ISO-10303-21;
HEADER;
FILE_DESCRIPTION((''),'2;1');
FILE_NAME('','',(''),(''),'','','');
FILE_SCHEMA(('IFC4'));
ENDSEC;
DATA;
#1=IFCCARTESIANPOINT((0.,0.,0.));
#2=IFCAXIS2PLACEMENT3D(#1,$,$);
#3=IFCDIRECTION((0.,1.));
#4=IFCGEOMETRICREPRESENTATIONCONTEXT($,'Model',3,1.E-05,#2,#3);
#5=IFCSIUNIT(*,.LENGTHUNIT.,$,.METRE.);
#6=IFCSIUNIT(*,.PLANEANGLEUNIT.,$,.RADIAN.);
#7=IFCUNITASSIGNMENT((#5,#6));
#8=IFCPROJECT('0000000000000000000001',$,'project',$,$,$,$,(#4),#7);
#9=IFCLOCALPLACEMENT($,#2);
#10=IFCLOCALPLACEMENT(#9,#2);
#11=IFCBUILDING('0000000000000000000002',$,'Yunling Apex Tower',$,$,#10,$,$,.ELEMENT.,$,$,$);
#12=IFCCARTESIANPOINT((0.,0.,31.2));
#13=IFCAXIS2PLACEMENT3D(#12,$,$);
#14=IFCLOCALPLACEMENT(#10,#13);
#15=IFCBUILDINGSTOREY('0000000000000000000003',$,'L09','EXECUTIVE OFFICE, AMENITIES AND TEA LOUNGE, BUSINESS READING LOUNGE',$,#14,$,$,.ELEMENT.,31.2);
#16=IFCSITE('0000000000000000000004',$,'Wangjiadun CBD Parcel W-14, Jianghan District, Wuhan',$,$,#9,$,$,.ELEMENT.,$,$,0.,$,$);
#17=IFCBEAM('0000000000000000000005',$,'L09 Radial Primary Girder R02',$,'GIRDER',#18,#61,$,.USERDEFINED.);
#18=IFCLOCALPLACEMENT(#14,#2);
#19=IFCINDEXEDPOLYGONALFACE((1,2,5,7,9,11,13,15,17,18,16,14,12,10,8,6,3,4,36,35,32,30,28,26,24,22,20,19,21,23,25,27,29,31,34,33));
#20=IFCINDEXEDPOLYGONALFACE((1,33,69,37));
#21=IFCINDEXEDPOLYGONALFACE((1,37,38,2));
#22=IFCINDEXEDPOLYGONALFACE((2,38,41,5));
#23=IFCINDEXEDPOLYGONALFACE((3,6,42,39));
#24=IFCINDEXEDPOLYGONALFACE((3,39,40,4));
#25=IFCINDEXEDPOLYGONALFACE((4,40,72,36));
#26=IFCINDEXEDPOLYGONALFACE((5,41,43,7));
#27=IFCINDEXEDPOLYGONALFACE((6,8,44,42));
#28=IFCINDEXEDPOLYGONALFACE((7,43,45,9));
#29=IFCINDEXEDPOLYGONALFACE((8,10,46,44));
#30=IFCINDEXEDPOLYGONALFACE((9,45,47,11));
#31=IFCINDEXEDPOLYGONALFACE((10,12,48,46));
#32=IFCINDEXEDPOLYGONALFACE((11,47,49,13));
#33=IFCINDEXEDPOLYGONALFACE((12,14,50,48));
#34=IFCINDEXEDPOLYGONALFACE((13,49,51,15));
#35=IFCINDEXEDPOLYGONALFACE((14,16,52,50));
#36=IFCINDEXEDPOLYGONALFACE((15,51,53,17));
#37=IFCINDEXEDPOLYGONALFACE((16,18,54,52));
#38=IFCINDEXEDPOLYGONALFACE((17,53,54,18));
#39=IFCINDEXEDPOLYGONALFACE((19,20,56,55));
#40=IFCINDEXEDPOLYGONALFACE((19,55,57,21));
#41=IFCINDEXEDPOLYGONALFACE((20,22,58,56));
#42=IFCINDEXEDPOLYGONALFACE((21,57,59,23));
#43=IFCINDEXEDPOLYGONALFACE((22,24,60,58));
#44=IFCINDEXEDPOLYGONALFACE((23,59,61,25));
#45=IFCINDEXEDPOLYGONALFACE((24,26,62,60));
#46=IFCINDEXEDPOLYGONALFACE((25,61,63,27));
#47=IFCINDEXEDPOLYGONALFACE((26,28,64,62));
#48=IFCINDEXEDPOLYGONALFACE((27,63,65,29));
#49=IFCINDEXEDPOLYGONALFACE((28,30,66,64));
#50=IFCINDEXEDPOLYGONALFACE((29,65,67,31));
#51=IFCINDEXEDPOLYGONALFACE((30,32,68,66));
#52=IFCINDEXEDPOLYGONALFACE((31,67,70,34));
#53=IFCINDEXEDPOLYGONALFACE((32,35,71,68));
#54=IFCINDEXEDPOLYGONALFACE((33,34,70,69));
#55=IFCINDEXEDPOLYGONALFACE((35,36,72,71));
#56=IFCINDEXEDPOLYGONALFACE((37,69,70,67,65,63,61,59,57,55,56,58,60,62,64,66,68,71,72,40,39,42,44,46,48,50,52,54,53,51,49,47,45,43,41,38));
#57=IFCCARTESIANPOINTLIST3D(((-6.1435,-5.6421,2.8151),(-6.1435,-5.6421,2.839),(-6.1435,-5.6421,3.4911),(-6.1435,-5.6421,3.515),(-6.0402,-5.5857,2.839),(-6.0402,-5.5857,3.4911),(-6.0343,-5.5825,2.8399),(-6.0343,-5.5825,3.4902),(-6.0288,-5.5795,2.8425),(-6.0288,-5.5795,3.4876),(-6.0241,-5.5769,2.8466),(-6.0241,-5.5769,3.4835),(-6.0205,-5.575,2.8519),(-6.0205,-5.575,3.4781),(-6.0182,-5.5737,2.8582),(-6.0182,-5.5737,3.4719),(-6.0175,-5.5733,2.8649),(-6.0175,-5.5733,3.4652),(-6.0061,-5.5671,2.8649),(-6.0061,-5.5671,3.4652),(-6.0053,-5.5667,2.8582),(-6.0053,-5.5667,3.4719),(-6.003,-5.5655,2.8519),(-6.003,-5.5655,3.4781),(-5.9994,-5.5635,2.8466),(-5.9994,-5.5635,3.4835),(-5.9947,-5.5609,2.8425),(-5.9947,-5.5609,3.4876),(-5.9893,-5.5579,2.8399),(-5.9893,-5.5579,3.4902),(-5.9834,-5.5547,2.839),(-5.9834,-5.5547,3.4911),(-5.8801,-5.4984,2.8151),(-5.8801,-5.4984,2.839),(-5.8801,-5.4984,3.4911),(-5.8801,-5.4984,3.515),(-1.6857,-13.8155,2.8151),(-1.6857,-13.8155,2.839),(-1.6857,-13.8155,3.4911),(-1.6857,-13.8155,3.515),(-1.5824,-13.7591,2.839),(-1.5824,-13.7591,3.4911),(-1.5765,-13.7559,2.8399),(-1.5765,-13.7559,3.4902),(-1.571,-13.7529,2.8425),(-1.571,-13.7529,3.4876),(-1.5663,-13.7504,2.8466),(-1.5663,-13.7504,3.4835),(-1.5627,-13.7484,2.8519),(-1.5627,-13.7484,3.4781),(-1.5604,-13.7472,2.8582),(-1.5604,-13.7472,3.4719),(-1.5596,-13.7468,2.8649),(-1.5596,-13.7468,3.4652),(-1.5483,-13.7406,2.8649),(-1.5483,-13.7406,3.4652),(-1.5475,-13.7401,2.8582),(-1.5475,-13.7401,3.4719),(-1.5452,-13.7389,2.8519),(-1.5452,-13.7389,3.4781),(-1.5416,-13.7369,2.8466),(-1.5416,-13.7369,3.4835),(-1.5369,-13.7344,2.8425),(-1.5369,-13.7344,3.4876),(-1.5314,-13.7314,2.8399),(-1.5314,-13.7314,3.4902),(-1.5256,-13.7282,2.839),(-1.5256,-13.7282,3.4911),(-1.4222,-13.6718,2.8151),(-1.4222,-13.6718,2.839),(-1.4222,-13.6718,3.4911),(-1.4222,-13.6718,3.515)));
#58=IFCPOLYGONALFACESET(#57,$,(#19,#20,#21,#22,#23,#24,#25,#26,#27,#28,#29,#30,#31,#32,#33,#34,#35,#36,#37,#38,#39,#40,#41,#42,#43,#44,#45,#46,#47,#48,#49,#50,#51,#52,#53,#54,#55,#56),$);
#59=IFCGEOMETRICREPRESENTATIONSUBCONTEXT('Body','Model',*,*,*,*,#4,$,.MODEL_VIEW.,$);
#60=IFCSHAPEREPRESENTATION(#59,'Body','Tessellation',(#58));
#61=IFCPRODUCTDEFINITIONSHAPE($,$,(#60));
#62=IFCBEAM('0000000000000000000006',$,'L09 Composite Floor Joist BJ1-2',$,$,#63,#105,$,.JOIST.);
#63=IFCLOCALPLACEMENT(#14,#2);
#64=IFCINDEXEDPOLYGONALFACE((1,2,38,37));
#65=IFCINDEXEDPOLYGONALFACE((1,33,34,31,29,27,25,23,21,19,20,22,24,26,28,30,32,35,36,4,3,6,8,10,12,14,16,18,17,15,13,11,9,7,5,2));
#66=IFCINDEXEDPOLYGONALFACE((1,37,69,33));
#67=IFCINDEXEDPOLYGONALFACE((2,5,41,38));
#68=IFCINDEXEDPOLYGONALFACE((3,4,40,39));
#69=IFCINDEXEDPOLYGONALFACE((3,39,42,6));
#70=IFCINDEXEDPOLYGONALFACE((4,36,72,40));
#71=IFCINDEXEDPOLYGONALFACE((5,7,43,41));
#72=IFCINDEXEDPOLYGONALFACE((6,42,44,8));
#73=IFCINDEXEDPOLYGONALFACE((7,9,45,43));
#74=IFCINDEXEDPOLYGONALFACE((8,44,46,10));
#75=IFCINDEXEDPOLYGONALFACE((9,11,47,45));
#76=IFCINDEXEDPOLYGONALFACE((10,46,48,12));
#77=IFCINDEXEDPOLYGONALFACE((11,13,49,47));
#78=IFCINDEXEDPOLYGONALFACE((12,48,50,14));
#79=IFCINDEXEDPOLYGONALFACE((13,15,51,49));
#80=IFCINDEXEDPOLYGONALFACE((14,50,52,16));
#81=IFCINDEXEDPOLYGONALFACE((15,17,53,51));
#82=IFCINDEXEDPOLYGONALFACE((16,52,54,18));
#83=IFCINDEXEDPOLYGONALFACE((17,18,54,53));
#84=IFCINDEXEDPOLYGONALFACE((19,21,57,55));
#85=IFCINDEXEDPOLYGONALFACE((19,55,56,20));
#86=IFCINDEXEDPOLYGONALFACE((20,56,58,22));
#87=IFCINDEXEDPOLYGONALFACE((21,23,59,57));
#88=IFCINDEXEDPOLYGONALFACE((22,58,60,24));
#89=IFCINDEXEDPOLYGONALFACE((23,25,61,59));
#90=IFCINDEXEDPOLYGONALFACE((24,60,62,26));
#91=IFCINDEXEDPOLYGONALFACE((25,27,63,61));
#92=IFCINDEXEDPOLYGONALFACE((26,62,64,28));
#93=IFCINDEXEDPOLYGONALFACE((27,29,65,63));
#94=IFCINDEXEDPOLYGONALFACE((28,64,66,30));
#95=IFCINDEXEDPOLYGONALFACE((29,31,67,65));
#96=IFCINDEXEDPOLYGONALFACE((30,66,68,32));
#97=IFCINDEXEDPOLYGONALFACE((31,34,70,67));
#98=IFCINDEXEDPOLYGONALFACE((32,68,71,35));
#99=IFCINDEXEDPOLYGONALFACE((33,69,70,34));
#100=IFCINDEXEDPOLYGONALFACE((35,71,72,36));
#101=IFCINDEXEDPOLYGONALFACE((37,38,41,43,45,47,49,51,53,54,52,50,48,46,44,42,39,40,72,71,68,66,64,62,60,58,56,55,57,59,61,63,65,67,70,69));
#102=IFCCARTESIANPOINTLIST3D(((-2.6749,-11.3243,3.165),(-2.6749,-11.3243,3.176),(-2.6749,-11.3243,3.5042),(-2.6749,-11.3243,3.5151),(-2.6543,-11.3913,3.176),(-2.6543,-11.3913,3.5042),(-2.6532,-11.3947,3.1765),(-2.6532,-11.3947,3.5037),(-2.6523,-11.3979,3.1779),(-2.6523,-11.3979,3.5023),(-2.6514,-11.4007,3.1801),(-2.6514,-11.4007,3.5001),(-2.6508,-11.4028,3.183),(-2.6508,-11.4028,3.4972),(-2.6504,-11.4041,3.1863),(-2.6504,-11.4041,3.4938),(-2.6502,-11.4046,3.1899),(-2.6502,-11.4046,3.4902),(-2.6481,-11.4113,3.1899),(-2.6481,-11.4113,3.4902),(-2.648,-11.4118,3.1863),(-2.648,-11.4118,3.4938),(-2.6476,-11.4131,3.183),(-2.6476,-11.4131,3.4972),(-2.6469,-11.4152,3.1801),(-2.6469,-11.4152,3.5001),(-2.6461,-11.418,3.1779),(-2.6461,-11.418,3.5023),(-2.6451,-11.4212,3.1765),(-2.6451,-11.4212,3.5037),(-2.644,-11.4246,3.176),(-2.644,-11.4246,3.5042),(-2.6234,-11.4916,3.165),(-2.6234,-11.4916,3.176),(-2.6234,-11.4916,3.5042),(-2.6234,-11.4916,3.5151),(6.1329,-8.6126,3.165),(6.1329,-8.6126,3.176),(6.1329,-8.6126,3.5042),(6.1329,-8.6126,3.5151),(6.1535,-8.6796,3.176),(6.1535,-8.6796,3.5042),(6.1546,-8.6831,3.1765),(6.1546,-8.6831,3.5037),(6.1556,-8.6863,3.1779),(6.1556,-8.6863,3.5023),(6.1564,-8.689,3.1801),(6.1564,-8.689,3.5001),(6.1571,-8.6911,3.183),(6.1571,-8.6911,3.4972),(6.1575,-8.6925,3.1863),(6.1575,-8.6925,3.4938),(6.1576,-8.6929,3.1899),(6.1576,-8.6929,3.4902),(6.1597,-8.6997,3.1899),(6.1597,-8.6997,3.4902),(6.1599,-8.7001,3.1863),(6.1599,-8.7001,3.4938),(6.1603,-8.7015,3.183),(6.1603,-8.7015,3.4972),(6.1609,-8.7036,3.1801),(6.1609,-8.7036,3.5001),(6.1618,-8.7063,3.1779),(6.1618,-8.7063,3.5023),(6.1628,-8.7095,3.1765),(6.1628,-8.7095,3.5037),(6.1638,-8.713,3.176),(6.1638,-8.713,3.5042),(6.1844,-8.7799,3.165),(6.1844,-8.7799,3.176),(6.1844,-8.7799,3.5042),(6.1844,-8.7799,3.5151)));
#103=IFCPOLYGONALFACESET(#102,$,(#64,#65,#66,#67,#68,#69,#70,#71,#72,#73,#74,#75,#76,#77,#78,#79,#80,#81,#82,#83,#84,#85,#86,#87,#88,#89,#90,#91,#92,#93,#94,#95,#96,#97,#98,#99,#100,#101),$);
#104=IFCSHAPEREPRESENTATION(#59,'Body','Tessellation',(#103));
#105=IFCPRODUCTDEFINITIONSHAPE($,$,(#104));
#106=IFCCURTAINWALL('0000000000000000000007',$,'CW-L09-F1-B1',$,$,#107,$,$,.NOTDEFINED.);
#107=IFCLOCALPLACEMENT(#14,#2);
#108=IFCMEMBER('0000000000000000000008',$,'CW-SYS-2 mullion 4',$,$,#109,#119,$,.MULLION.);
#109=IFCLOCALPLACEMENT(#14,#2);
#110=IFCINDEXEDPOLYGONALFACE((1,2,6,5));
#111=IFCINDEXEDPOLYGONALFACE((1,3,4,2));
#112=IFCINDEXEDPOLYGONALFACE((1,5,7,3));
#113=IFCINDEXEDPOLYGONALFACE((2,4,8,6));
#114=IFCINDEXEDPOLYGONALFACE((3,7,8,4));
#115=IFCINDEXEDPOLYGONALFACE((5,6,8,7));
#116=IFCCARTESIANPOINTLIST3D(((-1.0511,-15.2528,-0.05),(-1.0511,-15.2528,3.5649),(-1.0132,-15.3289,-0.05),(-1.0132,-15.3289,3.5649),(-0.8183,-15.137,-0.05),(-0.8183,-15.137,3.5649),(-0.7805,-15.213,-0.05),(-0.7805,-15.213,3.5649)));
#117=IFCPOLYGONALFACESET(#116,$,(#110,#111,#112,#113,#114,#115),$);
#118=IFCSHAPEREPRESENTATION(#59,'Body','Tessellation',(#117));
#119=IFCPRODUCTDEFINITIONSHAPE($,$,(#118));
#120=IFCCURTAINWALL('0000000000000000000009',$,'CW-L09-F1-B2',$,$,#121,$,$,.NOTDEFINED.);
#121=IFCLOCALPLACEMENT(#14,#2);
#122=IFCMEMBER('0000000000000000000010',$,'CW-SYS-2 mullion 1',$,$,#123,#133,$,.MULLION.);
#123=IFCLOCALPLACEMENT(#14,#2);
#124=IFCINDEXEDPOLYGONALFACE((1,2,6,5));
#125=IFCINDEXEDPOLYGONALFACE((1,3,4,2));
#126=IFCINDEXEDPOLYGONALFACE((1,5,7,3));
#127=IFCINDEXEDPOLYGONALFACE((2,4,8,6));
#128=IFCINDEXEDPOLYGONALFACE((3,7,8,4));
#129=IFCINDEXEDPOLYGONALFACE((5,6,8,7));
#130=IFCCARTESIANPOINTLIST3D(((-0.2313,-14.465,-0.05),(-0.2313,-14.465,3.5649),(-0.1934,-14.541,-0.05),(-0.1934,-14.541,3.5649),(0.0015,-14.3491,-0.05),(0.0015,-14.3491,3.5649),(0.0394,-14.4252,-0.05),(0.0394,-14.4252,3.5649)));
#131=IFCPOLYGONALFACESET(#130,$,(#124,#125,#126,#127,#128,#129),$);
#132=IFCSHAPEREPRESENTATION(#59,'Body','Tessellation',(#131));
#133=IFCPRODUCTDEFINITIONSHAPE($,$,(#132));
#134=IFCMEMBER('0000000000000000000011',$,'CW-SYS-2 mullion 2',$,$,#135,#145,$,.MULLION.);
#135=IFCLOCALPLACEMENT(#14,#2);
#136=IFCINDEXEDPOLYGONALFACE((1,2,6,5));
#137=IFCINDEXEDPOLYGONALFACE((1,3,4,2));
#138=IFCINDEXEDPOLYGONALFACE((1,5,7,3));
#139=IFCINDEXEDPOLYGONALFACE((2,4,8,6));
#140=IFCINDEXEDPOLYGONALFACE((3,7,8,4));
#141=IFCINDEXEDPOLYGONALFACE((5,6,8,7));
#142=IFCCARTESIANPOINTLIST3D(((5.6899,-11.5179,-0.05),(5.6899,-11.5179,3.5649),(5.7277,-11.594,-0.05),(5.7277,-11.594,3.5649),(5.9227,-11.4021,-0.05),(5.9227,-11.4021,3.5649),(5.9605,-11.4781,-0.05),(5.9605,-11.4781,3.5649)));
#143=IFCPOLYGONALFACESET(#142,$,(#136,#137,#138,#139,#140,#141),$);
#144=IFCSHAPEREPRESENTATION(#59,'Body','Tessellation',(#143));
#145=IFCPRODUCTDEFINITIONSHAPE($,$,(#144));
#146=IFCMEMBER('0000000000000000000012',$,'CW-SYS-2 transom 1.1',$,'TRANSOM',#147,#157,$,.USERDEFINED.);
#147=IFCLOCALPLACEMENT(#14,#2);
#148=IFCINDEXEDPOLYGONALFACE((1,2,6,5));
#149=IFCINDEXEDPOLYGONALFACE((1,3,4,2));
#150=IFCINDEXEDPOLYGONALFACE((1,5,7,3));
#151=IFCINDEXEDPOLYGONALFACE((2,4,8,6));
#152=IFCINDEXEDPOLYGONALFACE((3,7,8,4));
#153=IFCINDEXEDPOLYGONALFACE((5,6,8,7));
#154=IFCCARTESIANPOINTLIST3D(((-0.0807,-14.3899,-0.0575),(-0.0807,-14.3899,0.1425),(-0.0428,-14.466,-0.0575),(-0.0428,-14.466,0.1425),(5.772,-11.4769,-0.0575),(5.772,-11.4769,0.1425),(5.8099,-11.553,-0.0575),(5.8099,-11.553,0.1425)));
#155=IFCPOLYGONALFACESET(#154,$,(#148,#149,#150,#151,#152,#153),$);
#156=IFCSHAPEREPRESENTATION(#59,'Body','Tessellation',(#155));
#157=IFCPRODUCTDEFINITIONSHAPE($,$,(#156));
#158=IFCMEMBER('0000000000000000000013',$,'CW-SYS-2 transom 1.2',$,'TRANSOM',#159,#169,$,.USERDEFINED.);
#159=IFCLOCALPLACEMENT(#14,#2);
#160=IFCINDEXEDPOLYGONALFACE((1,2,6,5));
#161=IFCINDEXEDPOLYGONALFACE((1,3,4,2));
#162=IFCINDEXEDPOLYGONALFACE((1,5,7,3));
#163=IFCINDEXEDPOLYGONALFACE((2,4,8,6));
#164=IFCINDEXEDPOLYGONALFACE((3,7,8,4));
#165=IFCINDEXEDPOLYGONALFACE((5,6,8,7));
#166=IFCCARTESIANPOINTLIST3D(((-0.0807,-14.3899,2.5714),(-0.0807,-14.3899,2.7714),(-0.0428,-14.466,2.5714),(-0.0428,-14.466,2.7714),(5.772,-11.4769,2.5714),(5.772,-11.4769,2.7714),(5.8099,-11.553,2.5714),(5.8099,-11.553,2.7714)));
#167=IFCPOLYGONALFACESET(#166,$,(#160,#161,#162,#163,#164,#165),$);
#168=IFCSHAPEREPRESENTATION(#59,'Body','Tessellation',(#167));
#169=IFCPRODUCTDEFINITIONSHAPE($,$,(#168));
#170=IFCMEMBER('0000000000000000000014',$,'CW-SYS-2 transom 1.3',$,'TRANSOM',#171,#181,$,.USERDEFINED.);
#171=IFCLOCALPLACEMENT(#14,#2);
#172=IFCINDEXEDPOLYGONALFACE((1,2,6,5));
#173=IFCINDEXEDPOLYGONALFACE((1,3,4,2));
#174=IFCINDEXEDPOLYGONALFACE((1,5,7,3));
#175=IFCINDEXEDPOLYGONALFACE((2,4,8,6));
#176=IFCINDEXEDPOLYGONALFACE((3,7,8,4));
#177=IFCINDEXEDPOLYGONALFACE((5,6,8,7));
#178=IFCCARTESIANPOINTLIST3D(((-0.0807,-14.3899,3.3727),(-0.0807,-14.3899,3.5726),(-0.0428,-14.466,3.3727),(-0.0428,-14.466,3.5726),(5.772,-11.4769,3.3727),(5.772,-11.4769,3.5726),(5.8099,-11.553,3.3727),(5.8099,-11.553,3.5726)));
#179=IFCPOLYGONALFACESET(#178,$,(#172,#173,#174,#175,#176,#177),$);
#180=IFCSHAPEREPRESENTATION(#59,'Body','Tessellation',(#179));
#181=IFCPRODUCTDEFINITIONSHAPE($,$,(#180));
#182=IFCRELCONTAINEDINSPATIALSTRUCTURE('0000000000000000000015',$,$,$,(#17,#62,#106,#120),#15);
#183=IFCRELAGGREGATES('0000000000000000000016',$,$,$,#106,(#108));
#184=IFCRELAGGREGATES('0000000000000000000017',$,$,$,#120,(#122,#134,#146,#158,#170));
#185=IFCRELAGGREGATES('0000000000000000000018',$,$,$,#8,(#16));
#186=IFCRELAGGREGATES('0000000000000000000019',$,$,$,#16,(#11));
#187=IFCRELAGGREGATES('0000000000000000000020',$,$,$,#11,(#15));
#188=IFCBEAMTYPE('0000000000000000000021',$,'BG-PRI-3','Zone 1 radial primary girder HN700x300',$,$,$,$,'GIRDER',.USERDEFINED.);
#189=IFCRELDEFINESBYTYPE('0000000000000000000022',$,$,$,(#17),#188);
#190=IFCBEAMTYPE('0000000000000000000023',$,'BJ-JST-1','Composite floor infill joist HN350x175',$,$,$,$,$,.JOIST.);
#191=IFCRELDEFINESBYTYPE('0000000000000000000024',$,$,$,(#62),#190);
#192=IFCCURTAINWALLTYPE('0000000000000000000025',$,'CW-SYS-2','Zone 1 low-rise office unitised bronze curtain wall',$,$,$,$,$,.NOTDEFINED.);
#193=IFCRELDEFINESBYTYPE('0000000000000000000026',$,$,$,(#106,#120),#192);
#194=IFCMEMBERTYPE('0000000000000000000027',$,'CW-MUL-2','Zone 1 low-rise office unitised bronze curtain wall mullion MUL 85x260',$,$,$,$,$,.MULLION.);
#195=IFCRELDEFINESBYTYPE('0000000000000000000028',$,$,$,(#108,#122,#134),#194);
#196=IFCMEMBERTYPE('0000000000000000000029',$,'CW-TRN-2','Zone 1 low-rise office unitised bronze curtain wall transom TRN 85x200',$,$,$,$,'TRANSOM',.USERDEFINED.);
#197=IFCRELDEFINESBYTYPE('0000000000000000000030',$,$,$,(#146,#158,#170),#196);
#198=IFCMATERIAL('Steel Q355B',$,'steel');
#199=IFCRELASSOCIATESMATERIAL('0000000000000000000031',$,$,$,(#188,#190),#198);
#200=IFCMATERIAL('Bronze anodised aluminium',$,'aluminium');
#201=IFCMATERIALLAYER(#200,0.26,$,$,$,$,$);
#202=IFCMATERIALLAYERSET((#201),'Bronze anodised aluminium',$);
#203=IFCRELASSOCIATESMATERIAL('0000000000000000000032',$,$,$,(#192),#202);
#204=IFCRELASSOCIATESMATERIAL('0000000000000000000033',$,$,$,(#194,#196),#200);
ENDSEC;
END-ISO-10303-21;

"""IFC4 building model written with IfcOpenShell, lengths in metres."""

from ifc_helpers import new_model, si_unit, direction, frame, origin, origin_2d, place, context, subcontext, project, spatial, rectangle, i_section, extrude, source, transform, mapped, material, layer, layer_set, material_profile, profile_set, type_object, element, aggregate, save


model = new_model("IFC4")

# Units and contexts
model_context = context("Model", 3, precision=1e-05, world=origin(), true_north=direction((0.0, 1.0)))
body_context = subcontext(model_context, "Body", "Model", "MODEL_VIEW")
ifc_project = project(units=[si_unit("LENGTHUNIT", "METRE"), si_unit("PLANEANGLEUNIT", "RADIAN")], contexts=[model_context])

# Site, building, storey
site_placement = place(None, origin())
site = spatial("IfcSite", under=ifc_project, at=site_placement, Name="Wangjiadun CBD Parcel W-14, Jianghan District, Wuhan", CompositionType="ELEMENT", RefElevation=0.0)
building_placement = place(site_placement, origin())
building = spatial("IfcBuilding", under=site, at=building_placement, Name="Yunling Apex Tower", CompositionType="ELEMENT")
storey_placement = place(building_placement, frame((0.0, 0.0, 31.2)))
storey = spatial("IfcBuildingStorey", under=building, at=storey_placement, Name="L09", Description="EXECUTIVE OFFICE, AMENITIES AND TEA LOUNGE, BUSINESS READING LOUNGE", CompositionType="ELEMENT", Elevation=31.2)

# Beams
ifc_material_1 = material(Name="Steel Q355B", Category="steel")
ifc_material_profile_1 = material_profile(ifc_material_1, i_section(OverallWidth=0.3, OverallDepth=0.7, WebThickness=0.0129, FlangeThickness=0.0239, FilletRadius=0.0259, at=origin_2d()))
ifc_profile_set_1 = profile_set([ifc_material_profile_1], Name="Steel Q355B")
beam_type_1 = type_object("IfcBeamType", Name="BG-PRI-3", Description="Zone 1 radial primary girder HN700x300", ElementType="GIRDER", PredefinedType="USERDEFINED", material=ifc_profile_set_1)
shared_shape_1 = source(origin(), body_context, "Body", "SweptSolid", [
    extrude(i_section(OverallWidth=0.3, OverallDepth=0.7, WebThickness=0.0129, FlangeThickness=0.0239, FilletRadius=0.0259, at=origin_2d()), origin(), (0.0, 0.0, 1.0), 9.3101),
])
beam_1_placement = place(storey_placement, frame((-1.554, -13.7437, 3.165), z_axis=(-0.478817, 0.877915, 0.0), x_axis=(-0.877915, -0.478817, 0.0)))
element("IfcBeam", 1, at=beam_1_placement, inside=storey, type_object=beam_type_1, Name="L09 Radial Primary Girder R02", ObjectType="GIRDER", PredefinedType="USERDEFINED", context=body_context, shape_type="MappedRepresentation", body=[
    mapped(shared_shape_1, transform((0.0, 0.0, 0.0), scale=1.0)),
])
ifc_material_profile_2 = material_profile(ifc_material_1, i_section(OverallWidth=0.175, OverallDepth=0.3501, WebThickness=0.0071, FlangeThickness=0.011, FilletRadius=0.0139, at=origin_2d()))
ifc_profile_set_2 = profile_set([ifc_material_profile_2], Name="Steel Q355B")
beam_type_2 = type_object("IfcBeamType", Name="BJ-JST-1", Description="Composite floor infill joist HN350x175", PredefinedType="JOIST", material=ifc_profile_set_2)
shared_shape_2 = source(origin(), body_context, "Body", "SweptSolid", [
    extrude(i_section(OverallWidth=0.175, OverallDepth=0.3501, WebThickness=0.0071, FlangeThickness=0.011, FilletRadius=0.0139, at=origin_2d()), origin(), (0.0, 0.0, 1.0), 9.2158),
])
beam_2_placement = place(storey_placement, frame((-2.6492, -11.408, 3.3401), z_axis=(0.955731, 0.29424, 0.0), x_axis=(-0.29424, 0.955731, 0.0)))
element("IfcBeam", 2, at=beam_2_placement, inside=storey, type_object=beam_type_2, Name="L09 Composite Floor Joist BJ1-2", PredefinedType="JOIST", context=body_context, shape_type="MappedRepresentation", body=[
    mapped(shared_shape_2, transform((0.0, 0.0, 0.0), scale=1.0)),
])

# Curtain wall, member
ifc_material_2 = material(Name="Bronze anodised aluminium", Category="aluminium")
ifc_layer_1 = layer(ifc_material_2, 0.26)
ifc_layer_set_1 = layer_set([ifc_layer_1], Name="Bronze anodised aluminium")
curtain_wall_type = type_object("IfcCurtainWallType", Name="CW-SYS-2", Description="Zone 1 low-rise office unitised bronze curtain wall", PredefinedType="NOTDEFINED", material=ifc_layer_set_1)
curtain_wall_1_placement = place(storey_placement, origin())
curtain_wall_1 = element("IfcCurtainWall", 3, at=curtain_wall_1_placement, inside=storey, type_object=curtain_wall_type, Name="CW-L09-F1-B1", PredefinedType="NOTDEFINED")
ifc_material_profile_3 = material_profile(ifc_material_2, rectangle(XDim=0.085, YDim=0.26, at=origin_2d()))
ifc_profile_set_3 = profile_set([ifc_material_profile_3], Name="Bronze anodised aluminium")
member_type_1 = type_object("IfcMemberType", Name="CW-MUL-2", Description="Zone 1 low-rise office unitised bronze curtain wall mullion MUL 85x260", PredefinedType="MULLION", material=ifc_profile_set_3)
shared_shape_3 = source(origin(), body_context, "Body", "SweptSolid", [
    extrude(rectangle(XDim=0.085, YDim=0.26, at=origin_2d()), origin(), (0.0, 0.0, 1.0), 3.615),
])
member_1_placement = place(storey_placement, frame((-0.9158, -15.2329, -0.05), z_axis=(0.0, 0.0, 1.0), x_axis=(-0.445571, 0.895247, 0.0)))
member_1 = element("IfcMember", 4, at=member_1_placement, type_object=member_type_1, Name="CW-SYS-2 mullion 4", PredefinedType="MULLION", context=body_context, shape_type="MappedRepresentation", body=[
    mapped(shared_shape_3, transform((0.0, 0.0, 0.0), scale=1.0)),
])

# Curtain wall, members
curtain_wall_2_placement = place(storey_placement, origin())
curtain_wall_2 = element("IfcCurtainWall", 5, at=curtain_wall_2_placement, inside=storey, type_object=curtain_wall_type, Name="CW-L09-F1-B2", PredefinedType="NOTDEFINED")
member_2_placement = place(storey_placement, frame((-0.0959, -14.4451, -0.05), z_axis=(0.0, 0.0, 1.0), x_axis=(-0.445583, 0.895241, 0.0)))
member_2 = element("IfcMember", 6, at=member_2_placement, type_object=member_type_1, Name="CW-SYS-2 mullion 1", PredefinedType="MULLION", context=body_context, shape_type="MappedRepresentation", body=[
    mapped(shared_shape_3, transform((0.0, 0.0, 0.0), scale=1.0)),
])
member_3_placement = place(storey_placement, frame((5.8252, -11.498, -0.05), z_axis=(0.0, 0.0, 1.0), x_axis=(-0.445583, 0.895241, 0.0)))
member_3 = element("IfcMember", 7, at=member_3_placement, type_object=member_type_1, Name="CW-SYS-2 mullion 2", PredefinedType="MULLION", context=body_context, shape_type="MappedRepresentation", body=[
    mapped(shared_shape_3, transform((0.0, 0.0, 0.0), scale=1.0)),
])
ifc_material_profile_4 = material_profile(ifc_material_2, rectangle(XDim=0.085, YDim=0.2, at=origin_2d()))
ifc_profile_set_4 = profile_set([ifc_material_profile_4], Name="Bronze anodised aluminium")
member_type_2 = type_object("IfcMemberType", Name="CW-TRN-2", Description="Zone 1 low-rise office unitised bronze curtain wall transom TRN 85x200", ElementType="TRANSOM", PredefinedType="USERDEFINED", material=ifc_profile_set_4)
shared_shape_4 = source(origin(), body_context, "Body", "SweptSolid", [
    extrude(rectangle(XDim=0.085, YDim=0.2, at=origin_2d()), origin(), (0.0, 0.0, 1.0), 6.5376),
])
member_4_placement = place(storey_placement, frame((-0.0618, -14.428, 0.0425), z_axis=(0.89524, 0.445585, 0.0), x_axis=(-0.445585, 0.89524, 0.0)))
member_4 = element("IfcMember", 8, at=member_4_placement, type_object=member_type_2, Name="CW-SYS-2 transom 1.1", ObjectType="TRANSOM", PredefinedType="USERDEFINED", context=body_context, shape_type="MappedRepresentation", body=[
    mapped(shared_shape_4, transform((0.0, 0.0, 0.0), scale=1.0)),
])
member_5_placement = place(storey_placement, frame((-0.0618, -14.428, 2.6714), z_axis=(0.89524, 0.445585, 0.0), x_axis=(-0.445585, 0.89524, 0.0)))
member_5 = element("IfcMember", 9, at=member_5_placement, type_object=member_type_2, Name="CW-SYS-2 transom 1.2", ObjectType="TRANSOM", PredefinedType="USERDEFINED", context=body_context, shape_type="MappedRepresentation", body=[
    mapped(shared_shape_4, transform((0.0, 0.0, 0.0), scale=1.0)),
])
member_6_placement = place(storey_placement, frame((-0.0618, -14.428, 3.4727), z_axis=(0.89524, 0.445585, 0.0), x_axis=(-0.445585, 0.89524, 0.0)))
member_6 = element("IfcMember", 10, at=member_6_placement, type_object=member_type_2, Name="CW-SYS-2 transom 1.3", ObjectType="TRANSOM", PredefinedType="USERDEFINED", context=body_context, shape_type="MappedRepresentation", body=[
    mapped(shared_shape_4, transform((0.0, 0.0, 0.0), scale=1.0)),
])

aggregate(curtain_wall_1, [member_1])
aggregate(curtain_wall_2, [member_2, member_3, member_4, member_5, member_6])

save(model, "model.ifc")
